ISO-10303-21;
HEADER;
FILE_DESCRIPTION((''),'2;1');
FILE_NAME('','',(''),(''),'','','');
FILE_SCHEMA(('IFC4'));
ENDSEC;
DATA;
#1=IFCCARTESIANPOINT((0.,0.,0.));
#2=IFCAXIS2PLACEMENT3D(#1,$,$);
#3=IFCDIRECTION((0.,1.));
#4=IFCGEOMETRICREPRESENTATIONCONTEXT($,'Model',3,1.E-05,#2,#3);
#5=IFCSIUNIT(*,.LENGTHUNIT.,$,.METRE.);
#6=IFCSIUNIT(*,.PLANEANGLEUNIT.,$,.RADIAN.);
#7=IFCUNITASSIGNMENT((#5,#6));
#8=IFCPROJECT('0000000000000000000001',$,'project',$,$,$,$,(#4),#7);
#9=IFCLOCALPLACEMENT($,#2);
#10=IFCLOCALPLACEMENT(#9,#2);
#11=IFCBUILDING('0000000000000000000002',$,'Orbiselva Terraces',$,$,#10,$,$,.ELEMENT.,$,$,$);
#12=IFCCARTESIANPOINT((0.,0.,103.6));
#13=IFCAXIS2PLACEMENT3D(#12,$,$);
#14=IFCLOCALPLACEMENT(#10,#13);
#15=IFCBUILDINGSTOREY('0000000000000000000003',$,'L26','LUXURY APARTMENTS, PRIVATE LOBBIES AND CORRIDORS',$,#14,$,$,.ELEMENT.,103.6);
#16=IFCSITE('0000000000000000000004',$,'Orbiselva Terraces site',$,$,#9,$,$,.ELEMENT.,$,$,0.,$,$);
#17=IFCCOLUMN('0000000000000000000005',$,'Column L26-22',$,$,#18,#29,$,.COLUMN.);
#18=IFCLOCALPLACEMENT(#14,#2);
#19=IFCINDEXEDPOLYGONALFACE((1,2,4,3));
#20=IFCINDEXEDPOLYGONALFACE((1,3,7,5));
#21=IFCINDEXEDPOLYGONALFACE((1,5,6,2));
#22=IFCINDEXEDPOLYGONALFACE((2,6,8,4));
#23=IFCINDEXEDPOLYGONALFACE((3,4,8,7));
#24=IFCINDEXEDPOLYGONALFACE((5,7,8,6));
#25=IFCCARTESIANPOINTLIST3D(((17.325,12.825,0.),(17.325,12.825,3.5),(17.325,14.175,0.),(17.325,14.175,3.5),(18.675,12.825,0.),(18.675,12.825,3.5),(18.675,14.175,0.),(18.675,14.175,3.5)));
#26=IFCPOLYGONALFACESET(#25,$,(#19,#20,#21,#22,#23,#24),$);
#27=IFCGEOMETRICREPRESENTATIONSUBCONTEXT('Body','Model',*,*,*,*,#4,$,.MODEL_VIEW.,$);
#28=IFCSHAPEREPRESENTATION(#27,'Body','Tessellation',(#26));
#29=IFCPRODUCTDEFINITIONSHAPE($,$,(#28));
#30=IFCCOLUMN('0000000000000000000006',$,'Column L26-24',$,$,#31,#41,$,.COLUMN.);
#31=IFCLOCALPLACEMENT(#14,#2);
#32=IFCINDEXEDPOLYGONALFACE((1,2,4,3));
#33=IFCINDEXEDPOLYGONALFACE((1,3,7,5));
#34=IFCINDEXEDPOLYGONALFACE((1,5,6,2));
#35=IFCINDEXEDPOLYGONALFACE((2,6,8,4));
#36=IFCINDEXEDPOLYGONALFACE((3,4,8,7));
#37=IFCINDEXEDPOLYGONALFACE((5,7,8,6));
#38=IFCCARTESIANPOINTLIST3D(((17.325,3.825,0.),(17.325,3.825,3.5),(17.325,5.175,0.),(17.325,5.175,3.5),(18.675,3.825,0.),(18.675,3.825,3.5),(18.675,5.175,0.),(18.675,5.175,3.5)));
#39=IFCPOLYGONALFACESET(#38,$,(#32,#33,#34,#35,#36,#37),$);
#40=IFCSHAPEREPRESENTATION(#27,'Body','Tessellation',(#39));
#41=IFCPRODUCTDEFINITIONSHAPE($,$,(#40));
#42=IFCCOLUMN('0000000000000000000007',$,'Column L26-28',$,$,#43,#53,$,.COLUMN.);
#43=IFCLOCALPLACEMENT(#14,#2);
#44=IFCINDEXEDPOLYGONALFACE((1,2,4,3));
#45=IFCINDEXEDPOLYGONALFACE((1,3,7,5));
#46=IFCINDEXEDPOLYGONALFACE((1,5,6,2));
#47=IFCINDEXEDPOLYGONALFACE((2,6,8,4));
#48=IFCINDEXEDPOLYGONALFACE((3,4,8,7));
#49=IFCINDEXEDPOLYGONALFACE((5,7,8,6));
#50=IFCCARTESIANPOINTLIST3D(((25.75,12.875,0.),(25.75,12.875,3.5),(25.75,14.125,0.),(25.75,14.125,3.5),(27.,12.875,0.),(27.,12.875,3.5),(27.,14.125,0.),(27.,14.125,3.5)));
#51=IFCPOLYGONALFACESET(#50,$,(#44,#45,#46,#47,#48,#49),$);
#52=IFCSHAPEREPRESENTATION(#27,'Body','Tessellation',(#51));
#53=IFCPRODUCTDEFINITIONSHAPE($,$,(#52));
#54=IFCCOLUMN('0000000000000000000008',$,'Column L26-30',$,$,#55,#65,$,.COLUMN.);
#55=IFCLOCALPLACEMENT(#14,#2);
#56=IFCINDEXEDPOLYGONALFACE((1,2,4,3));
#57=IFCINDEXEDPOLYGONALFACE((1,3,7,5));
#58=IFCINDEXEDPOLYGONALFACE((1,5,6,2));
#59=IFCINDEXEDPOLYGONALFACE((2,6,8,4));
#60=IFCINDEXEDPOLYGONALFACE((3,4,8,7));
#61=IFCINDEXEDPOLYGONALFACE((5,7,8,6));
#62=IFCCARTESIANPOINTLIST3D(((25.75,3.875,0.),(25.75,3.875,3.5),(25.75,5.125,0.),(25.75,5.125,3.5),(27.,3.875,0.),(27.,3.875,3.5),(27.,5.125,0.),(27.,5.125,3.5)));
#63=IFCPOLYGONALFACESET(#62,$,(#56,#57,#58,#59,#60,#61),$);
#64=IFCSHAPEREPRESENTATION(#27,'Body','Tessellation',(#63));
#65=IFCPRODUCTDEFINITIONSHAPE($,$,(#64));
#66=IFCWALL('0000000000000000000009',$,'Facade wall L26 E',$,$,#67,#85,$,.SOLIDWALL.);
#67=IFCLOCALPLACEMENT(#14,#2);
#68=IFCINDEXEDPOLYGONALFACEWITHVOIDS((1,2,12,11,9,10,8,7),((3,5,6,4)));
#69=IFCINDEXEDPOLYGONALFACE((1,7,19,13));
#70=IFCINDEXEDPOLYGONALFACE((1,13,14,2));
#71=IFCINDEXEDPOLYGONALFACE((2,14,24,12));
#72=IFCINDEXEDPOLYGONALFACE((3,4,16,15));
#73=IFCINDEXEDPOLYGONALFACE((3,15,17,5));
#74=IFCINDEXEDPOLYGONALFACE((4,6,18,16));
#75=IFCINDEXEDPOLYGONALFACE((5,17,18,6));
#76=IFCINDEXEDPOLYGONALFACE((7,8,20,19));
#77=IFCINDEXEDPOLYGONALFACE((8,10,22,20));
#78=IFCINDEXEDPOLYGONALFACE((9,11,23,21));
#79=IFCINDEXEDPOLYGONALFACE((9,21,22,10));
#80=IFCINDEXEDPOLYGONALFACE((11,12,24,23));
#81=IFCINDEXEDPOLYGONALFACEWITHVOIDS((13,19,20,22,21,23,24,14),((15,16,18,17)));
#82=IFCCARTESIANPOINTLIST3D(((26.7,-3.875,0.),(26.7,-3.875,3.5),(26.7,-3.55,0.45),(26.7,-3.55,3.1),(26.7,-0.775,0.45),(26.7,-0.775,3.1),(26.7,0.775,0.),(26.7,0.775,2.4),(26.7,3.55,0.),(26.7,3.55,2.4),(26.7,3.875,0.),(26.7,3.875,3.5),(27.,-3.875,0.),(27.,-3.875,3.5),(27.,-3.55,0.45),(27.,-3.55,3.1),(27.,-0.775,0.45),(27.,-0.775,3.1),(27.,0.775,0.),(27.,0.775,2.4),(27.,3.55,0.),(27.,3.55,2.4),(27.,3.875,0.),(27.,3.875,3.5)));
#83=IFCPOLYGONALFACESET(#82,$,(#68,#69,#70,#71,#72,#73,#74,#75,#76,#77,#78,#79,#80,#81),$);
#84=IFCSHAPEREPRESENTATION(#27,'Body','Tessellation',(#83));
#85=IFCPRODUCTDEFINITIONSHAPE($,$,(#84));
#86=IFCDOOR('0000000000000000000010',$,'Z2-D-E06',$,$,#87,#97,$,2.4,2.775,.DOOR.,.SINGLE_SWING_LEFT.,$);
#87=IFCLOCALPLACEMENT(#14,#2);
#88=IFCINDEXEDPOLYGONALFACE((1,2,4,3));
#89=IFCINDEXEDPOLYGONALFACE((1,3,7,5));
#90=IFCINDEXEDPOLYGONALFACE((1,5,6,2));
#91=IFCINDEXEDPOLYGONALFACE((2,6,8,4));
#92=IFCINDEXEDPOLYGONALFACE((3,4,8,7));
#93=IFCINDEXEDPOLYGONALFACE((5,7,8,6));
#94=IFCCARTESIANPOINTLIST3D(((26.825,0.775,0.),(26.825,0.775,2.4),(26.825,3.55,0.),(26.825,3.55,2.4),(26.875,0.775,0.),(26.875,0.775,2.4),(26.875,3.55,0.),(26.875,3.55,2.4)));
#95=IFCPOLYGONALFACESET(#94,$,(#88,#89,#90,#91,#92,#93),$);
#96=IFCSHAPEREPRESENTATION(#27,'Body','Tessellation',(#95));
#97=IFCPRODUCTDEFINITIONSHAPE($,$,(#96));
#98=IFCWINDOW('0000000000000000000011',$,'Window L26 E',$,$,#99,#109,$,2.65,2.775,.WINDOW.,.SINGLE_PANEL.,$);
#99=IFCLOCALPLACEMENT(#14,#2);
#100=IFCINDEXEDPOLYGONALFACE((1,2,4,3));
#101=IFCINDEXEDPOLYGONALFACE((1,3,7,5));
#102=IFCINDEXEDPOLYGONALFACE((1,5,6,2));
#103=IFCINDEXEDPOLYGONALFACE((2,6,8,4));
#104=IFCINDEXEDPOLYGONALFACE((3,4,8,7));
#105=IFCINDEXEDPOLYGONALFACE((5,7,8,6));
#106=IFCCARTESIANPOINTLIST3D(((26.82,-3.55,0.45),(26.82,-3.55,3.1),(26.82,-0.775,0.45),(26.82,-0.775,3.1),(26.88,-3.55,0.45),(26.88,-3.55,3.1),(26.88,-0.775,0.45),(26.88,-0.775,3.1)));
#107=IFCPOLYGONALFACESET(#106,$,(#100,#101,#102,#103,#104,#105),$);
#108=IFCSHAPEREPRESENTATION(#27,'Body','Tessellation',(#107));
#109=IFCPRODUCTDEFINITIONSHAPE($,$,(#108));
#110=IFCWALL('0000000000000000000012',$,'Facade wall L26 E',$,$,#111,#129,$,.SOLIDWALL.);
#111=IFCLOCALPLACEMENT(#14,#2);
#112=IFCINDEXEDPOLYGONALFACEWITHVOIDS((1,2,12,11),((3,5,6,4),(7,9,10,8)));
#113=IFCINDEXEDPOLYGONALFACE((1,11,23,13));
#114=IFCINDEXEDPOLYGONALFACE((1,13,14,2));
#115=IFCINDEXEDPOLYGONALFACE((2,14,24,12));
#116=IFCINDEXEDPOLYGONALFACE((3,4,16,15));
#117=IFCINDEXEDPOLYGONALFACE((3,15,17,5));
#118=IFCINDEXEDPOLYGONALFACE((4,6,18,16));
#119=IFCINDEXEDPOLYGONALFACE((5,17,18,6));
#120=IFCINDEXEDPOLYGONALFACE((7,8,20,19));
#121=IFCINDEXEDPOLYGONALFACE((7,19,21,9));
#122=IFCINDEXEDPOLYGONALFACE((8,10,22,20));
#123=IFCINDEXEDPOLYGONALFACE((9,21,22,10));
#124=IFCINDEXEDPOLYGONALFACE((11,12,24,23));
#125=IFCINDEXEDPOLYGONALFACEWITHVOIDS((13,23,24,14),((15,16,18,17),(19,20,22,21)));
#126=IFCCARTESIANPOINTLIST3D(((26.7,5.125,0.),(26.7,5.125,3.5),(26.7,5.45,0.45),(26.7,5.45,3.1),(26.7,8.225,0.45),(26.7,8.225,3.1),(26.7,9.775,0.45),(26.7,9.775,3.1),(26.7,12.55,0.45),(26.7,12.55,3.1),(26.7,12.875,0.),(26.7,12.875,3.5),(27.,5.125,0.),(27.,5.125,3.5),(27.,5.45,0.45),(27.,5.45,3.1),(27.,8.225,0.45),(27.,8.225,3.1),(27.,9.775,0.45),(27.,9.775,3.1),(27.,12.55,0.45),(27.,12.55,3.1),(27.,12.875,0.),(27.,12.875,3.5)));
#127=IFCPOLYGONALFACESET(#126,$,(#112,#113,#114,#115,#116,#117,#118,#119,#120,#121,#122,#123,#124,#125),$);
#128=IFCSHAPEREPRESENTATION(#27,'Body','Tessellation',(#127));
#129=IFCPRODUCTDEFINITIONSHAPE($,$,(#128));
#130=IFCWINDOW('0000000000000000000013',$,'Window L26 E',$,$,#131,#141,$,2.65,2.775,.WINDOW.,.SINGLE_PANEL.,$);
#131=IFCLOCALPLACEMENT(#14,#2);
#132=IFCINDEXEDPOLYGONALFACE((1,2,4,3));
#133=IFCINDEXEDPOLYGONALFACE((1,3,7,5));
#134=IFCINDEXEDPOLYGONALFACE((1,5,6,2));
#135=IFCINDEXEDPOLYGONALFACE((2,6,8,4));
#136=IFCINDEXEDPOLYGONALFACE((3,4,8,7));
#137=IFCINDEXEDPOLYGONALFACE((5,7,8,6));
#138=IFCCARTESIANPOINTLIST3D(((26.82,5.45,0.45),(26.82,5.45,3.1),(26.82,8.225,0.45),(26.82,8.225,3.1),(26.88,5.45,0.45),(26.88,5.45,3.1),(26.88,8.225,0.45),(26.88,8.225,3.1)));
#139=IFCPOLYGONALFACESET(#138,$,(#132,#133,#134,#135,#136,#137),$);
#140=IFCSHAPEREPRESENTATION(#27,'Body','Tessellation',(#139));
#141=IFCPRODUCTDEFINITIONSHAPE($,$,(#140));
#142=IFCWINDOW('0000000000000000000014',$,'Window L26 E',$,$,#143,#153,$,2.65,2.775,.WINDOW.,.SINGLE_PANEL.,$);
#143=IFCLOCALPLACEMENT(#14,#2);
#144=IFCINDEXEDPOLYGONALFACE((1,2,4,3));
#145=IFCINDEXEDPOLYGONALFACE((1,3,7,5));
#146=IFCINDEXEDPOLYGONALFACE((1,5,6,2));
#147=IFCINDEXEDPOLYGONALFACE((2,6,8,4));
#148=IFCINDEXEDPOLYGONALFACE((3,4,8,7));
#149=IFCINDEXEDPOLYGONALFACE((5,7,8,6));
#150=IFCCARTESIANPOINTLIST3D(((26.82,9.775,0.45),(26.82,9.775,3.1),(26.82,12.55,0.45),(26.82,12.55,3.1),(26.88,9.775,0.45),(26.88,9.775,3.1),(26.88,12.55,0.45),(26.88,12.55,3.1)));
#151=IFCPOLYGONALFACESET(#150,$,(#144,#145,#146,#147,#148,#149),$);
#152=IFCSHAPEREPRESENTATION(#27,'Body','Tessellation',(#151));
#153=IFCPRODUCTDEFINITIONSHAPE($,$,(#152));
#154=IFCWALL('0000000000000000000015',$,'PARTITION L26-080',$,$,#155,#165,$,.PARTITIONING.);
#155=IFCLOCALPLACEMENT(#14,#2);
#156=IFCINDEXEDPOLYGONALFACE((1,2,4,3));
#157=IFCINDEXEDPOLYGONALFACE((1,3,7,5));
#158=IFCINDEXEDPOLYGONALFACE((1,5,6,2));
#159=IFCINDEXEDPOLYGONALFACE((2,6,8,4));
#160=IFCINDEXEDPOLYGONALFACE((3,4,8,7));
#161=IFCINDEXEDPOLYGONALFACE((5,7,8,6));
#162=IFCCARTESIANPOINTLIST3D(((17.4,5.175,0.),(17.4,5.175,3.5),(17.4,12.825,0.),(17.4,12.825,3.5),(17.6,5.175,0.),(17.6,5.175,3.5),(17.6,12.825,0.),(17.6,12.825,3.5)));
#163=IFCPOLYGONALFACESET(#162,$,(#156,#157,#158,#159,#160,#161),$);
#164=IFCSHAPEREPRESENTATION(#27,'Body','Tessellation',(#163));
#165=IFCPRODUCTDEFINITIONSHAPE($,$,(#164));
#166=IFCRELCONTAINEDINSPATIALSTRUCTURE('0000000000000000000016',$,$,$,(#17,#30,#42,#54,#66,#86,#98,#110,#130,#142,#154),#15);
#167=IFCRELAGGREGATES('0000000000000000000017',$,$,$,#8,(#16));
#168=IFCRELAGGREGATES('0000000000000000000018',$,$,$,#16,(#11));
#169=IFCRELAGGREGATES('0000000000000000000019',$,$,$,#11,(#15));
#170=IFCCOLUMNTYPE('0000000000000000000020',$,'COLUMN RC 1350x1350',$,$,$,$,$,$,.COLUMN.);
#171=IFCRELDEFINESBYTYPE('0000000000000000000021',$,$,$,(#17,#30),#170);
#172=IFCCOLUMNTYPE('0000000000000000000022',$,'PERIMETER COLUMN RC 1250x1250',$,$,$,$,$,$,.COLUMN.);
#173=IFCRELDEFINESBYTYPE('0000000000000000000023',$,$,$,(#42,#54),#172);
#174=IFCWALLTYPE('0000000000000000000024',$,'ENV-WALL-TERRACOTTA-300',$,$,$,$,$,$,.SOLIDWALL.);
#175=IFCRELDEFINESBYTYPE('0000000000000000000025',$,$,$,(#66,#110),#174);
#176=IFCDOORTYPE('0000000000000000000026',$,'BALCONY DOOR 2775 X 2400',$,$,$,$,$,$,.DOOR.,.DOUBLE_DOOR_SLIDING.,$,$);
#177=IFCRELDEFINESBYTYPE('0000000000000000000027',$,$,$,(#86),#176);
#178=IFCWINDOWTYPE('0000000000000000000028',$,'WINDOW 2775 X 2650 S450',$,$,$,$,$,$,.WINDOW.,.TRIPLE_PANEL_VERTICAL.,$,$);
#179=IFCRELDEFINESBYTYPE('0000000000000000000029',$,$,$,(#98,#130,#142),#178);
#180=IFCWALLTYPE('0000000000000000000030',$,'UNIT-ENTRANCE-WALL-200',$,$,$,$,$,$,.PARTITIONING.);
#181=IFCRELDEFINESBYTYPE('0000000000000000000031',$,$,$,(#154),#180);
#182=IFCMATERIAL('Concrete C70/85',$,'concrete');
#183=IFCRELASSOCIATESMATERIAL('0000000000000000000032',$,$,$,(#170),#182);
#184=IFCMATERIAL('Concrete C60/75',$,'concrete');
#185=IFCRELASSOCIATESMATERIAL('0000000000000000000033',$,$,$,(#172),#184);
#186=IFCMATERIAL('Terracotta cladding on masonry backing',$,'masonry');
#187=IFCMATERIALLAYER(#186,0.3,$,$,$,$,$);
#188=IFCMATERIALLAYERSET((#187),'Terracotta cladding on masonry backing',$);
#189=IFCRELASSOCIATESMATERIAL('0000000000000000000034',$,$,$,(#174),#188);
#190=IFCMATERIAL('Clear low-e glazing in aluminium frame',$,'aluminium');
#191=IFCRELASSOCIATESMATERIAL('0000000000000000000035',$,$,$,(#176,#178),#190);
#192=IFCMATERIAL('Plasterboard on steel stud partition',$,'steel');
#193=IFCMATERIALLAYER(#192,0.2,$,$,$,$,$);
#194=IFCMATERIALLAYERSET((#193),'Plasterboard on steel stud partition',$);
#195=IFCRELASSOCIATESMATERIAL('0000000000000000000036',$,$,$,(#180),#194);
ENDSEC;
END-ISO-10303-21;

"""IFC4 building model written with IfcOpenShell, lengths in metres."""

from ifc_helpers import new_model, si_unit, direction, frame, frame_2d, origin, origin_2d, place, context, subcontext, project, spatial, rectangle, extrude, material, layer, layer_set, material_profile, profile_set, type_object, element, fill, save


model = new_model("IFC4")

# Units and contexts
model_context = context("Model", 3, precision=1e-05, world=origin(), true_north=direction((0.0, 1.0)))
body_context = subcontext(model_context, "Body", "Model", "MODEL_VIEW")
ifc_project = project(units=[si_unit("LENGTHUNIT", "METRE"), si_unit("PLANEANGLEUNIT", "RADIAN")], contexts=[model_context])

# Site, building, storey
site_placement = place(None, origin())
site = spatial("IfcSite", under=ifc_project, at=site_placement, Name="Orbiselva Terraces site", CompositionType="ELEMENT", RefElevation=0.0)
building_placement = place(site_placement, origin())
building = spatial("IfcBuilding", under=site, at=building_placement, Name="Orbiselva Terraces", CompositionType="ELEMENT")
storey_placement = place(building_placement, frame((0.0, 0.0, 103.6)))
storey = spatial("IfcBuildingStorey", under=building, at=storey_placement, Name="L26", Description="LUXURY APARTMENTS, PRIVATE LOBBIES AND CORRIDORS", CompositionType="ELEMENT", Elevation=103.6)

# Columns
ifc_material_1 = material(Name="Concrete C70/85", Category="concrete")
ifc_material_profile_1 = material_profile(ifc_material_1, rectangle(XDim=1.35, YDim=1.35, at=origin_2d()), Name="RC 1350x1350")
ifc_profile_set_1 = profile_set([ifc_material_profile_1], Name="Concrete C70/85")
column_type_1 = type_object("IfcColumnType", Name="COLUMN RC 1350x1350", PredefinedType="COLUMN", material=ifc_profile_set_1)
for number, where, z_axis, x_axis, name in (
    (1, (18.0, 13.5, 0.0), (0.0, 0.0, 1.0), (1.0, 0.0, 0.0), "Column L26-22"),
    (2, (18.0, 4.5, 0.0), (0.0, 0.0, 1.0), (1.0, 0.0, 0.0), "Column L26-24"),
):
    element("IfcColumn", number, at=place(storey_placement, frame(where, z_axis=z_axis, x_axis=x_axis)), inside=storey, type_object=column_type_1, Name=name, PredefinedType="COLUMN", context=body_context, shape_type="SweptSolid", body=[
        extrude(rectangle(XDim=1.35, YDim=1.35, at=origin_2d()), origin(), (0.0, 0.0, 1.0), 3.5),
    ])
ifc_material_2 = material(Name="Concrete C60/75", Category="concrete")
ifc_material_profile_2 = material_profile(ifc_material_2, rectangle(XDim=1.25, YDim=1.25, at=origin_2d()), Name="RC 1250x1250")
ifc_profile_set_2 = profile_set([ifc_material_profile_2], Name="Concrete C60/75")
column_type_2 = type_object("IfcColumnType", Name="PERIMETER COLUMN RC 1250x1250", PredefinedType="COLUMN", material=ifc_profile_set_2)
for number, where, z_axis, x_axis, name in (
    (3, (26.375, 13.5, 0.0), (0.0, 0.0, 1.0), (1.0, 0.0, 0.0), "Column L26-28"),
    (4, (26.375, 4.5, 0.0), (0.0, 0.0, 1.0), (1.0, 0.0, 0.0), "Column L26-30"),
):
    element("IfcColumn", number, at=place(storey_placement, frame(where, z_axis=z_axis, x_axis=x_axis)), inside=storey, type_object=column_type_2, Name=name, PredefinedType="COLUMN", context=body_context, shape_type="SweptSolid", body=[
        extrude(rectangle(XDim=1.25, YDim=1.25, at=origin_2d()), origin(), (0.0, 0.0, 1.0), 3.5),
    ])

# Wall, openings, door, window
ifc_material_3 = material(Name="Terracotta cladding on masonry backing", Category="masonry")
ifc_layer_1 = layer(ifc_material_3, 0.3)
ifc_layer_set_1 = layer_set([ifc_layer_1], Name="Terracotta cladding on masonry backing")
wall_type_1 = type_object("IfcWallType", Name="ENV-WALL-TERRACOTTA-300", PredefinedType="SOLIDWALL", material=ifc_layer_set_1)
wall_1_placement = place(storey_placement, frame((26.85, 3.875, 0.0), z_axis=(0.0, 0.0, 1.0), x_axis=(0.0, -1.0, 0.0)))
wall_1 = element("IfcWall", 5, at=wall_1_placement, inside=storey, type_object=wall_type_1, Name="Facade wall L26 E", PredefinedType="SOLIDWALL", context=body_context, shape_type="SweptSolid", body=[
    extrude(rectangle(XDim=7.75, YDim=0.3, at=frame_2d((3.875, 0.0))), origin(), (0.0, 0.0, 1.0), 3.5),
])
opening_1_placement = place(wall_1_placement, frame((4.65, 0.0, 0.45)))
opening_1 = element("IfcOpeningElement", 6, at=opening_1_placement, cuts=wall_1, PredefinedType="OPENING", context=body_context, shape_type="SweptSolid", body=[
    extrude(rectangle(XDim=2.775, YDim=2.65, at=frame_2d((1.3875, 1.325))), frame((0.0, 0.16, 0.0), z_axis=(0.0, -1.0, 0.0), x_axis=(1.0, 0.0, 0.0)), (0.0, 0.0, 1.0), 0.32),
])
opening_2_placement = place(wall_1_placement, frame((0.325, 0.0, 0.0)))
opening_2 = element("IfcOpeningElement", 7, at=opening_2_placement, cuts=wall_1, PredefinedType="OPENING", context=body_context, shape_type="SweptSolid", body=[
    extrude(rectangle(XDim=2.775, YDim=2.4, at=frame_2d((1.3875, 1.2))), frame((0.0, 0.16, 0.0), z_axis=(0.0, -1.0, 0.0), x_axis=(1.0, 0.0, 0.0)), (0.0, 0.0, 1.0), 0.32),
])
ifc_material_4 = material(Name="Clear low-e glazing in aluminium frame", Category="aluminium")
door_type_1 = type_object("IfcDoorType", Name="BALCONY DOOR 2775 X 2400", OperationType="DOUBLE_DOOR_SLIDING", PredefinedType="DOOR", material=ifc_material_4)
door_1_placement = place(opening_2_placement, origin())
door_1 = element("IfcDoor", 8, at=door_1_placement, inside=storey, type_object=door_type_1, Name="Z2-D-E06", OperationType="SINGLE_SWING_LEFT", OverallHeight=2.4, OverallWidth=2.775, PredefinedType="DOOR", context=body_context, shape_type="SweptSolid", body=[
    extrude(rectangle(XDim=2.775, YDim=2.4, at=frame_2d((1.3875, 1.2))), frame((0.0, 0.025, 0.0), z_axis=(0.0, -1.0, 0.0), x_axis=(1.0, 0.0, 0.0)), (0.0, 0.0, 1.0), 0.05),
])
fill(opening_2, door_1)
window_type = type_object("IfcWindowType", Name="WINDOW 2775 X 2650 S450", PartitioningType="TRIPLE_PANEL_VERTICAL", PredefinedType="WINDOW", material=ifc_material_4)
window_1_placement = place(opening_1_placement, origin())
window_1 = element("IfcWindow", 9, at=window_1_placement, inside=storey, type_object=window_type, Name="Window L26 E", OverallHeight=2.65, OverallWidth=2.775, PartitioningType="SINGLE_PANEL", PredefinedType="WINDOW", context=body_context, shape_type="SweptSolid", body=[
    extrude(rectangle(XDim=2.775, YDim=2.65, at=frame_2d((1.3875, 1.325))), frame((0.0, 0.03, 0.0), z_axis=(0.0, -1.0, 0.0), x_axis=(1.0, 0.0, 0.0)), (0.0, 0.0, 1.0), 0.06),
])
fill(opening_1, window_1)

# Wall, openings, windows
wall_2_placement = place(storey_placement, frame((26.85, 12.875, 0.0), z_axis=(0.0, 0.0, 1.0), x_axis=(0.0, -1.0, 0.0)))
wall_2 = element("IfcWall", 10, at=wall_2_placement, inside=storey, type_object=wall_type_1, Name="Facade wall L26 E", PredefinedType="SOLIDWALL", context=body_context, shape_type="SweptSolid", body=[
    extrude(rectangle(XDim=7.75, YDim=0.3, at=frame_2d((3.875, 0.0))), origin(), (0.0, 0.0, 1.0), 3.5),
])
opening_3_placement = place(wall_2_placement, frame((4.65, 0.0, 0.45)))
opening_3 = element("IfcOpeningElement", 11, at=opening_3_placement, cuts=wall_2, PredefinedType="OPENING", context=body_context, shape_type="SweptSolid", body=[
    extrude(rectangle(XDim=2.775, YDim=2.65, at=frame_2d((1.3875, 1.325))), frame((0.0, 0.16, 0.0), z_axis=(0.0, -1.0, 0.0), x_axis=(1.0, 0.0, 0.0)), (0.0, 0.0, 1.0), 0.32),
])
opening_4_placement = place(wall_2_placement, frame((0.325, 0.0, 0.45)))
opening_4 = element("IfcOpeningElement", 12, at=opening_4_placement, cuts=wall_2, PredefinedType="OPENING", context=body_context, shape_type="SweptSolid", body=[
    extrude(rectangle(XDim=2.775, YDim=2.65, at=frame_2d((1.3875, 1.325))), frame((0.0, 0.16, 0.0), z_axis=(0.0, -1.0, 0.0), x_axis=(1.0, 0.0, 0.0)), (0.0, 0.0, 1.0), 0.32),
])
window_2_placement = place(opening_3_placement, origin())
window_2 = element("IfcWindow", 13, at=window_2_placement, inside=storey, type_object=window_type, Name="Window L26 E", OverallHeight=2.65, OverallWidth=2.775, PartitioningType="SINGLE_PANEL", PredefinedType="WINDOW", context=body_context, shape_type="SweptSolid", body=[
    extrude(rectangle(XDim=2.775, YDim=2.65, at=frame_2d((1.3875, 1.325))), frame((0.0, 0.03, 0.0), z_axis=(0.0, -1.0, 0.0), x_axis=(1.0, 0.0, 0.0)), (0.0, 0.0, 1.0), 0.06),
])
fill(opening_3, window_2)
window_3_placement = place(opening_4_placement, origin())
window_3 = element("IfcWindow", 14, at=window_3_placement, inside=storey, type_object=window_type, Name="Window L26 E", OverallHeight=2.65, OverallWidth=2.775, PartitioningType="SINGLE_PANEL", PredefinedType="WINDOW", context=body_context, shape_type="SweptSolid", body=[
    extrude(rectangle(XDim=2.775, YDim=2.65, at=frame_2d((1.3875, 1.325))), frame((0.0, 0.03, 0.0), z_axis=(0.0, -1.0, 0.0), x_axis=(1.0, 0.0, 0.0)), (0.0, 0.0, 1.0), 0.06),
])
fill(opening_4, window_3)

# Wall
ifc_material_5 = material(Name="Plasterboard on steel stud partition", Category="steel")
ifc_layer_2 = layer(ifc_material_5, 0.2)
ifc_layer_set_2 = layer_set([ifc_layer_2], Name="Plasterboard on steel stud partition")
wall_type_2 = type_object("IfcWallType", Name="UNIT-ENTRANCE-WALL-200", PredefinedType="PARTITIONING", material=ifc_layer_set_2)
wall_3_placement = place(storey_placement, frame((17.5, 5.175, 0.0), z_axis=(0.0, 0.0, 1.0), x_axis=(0.0, 1.0, 0.0)))
element("IfcWall", 15, at=wall_3_placement, inside=storey, type_object=wall_type_2, Name="PARTITION L26-080", PredefinedType="PARTITIONING", context=body_context, shape_type="SweptSolid", body=[
    extrude(rectangle(XDim=7.65, YDim=0.2, at=frame_2d((3.825, 0.0))), origin(), (0.0, 0.0, 1.0), 3.5),
])

save(model, "model.ifc")
